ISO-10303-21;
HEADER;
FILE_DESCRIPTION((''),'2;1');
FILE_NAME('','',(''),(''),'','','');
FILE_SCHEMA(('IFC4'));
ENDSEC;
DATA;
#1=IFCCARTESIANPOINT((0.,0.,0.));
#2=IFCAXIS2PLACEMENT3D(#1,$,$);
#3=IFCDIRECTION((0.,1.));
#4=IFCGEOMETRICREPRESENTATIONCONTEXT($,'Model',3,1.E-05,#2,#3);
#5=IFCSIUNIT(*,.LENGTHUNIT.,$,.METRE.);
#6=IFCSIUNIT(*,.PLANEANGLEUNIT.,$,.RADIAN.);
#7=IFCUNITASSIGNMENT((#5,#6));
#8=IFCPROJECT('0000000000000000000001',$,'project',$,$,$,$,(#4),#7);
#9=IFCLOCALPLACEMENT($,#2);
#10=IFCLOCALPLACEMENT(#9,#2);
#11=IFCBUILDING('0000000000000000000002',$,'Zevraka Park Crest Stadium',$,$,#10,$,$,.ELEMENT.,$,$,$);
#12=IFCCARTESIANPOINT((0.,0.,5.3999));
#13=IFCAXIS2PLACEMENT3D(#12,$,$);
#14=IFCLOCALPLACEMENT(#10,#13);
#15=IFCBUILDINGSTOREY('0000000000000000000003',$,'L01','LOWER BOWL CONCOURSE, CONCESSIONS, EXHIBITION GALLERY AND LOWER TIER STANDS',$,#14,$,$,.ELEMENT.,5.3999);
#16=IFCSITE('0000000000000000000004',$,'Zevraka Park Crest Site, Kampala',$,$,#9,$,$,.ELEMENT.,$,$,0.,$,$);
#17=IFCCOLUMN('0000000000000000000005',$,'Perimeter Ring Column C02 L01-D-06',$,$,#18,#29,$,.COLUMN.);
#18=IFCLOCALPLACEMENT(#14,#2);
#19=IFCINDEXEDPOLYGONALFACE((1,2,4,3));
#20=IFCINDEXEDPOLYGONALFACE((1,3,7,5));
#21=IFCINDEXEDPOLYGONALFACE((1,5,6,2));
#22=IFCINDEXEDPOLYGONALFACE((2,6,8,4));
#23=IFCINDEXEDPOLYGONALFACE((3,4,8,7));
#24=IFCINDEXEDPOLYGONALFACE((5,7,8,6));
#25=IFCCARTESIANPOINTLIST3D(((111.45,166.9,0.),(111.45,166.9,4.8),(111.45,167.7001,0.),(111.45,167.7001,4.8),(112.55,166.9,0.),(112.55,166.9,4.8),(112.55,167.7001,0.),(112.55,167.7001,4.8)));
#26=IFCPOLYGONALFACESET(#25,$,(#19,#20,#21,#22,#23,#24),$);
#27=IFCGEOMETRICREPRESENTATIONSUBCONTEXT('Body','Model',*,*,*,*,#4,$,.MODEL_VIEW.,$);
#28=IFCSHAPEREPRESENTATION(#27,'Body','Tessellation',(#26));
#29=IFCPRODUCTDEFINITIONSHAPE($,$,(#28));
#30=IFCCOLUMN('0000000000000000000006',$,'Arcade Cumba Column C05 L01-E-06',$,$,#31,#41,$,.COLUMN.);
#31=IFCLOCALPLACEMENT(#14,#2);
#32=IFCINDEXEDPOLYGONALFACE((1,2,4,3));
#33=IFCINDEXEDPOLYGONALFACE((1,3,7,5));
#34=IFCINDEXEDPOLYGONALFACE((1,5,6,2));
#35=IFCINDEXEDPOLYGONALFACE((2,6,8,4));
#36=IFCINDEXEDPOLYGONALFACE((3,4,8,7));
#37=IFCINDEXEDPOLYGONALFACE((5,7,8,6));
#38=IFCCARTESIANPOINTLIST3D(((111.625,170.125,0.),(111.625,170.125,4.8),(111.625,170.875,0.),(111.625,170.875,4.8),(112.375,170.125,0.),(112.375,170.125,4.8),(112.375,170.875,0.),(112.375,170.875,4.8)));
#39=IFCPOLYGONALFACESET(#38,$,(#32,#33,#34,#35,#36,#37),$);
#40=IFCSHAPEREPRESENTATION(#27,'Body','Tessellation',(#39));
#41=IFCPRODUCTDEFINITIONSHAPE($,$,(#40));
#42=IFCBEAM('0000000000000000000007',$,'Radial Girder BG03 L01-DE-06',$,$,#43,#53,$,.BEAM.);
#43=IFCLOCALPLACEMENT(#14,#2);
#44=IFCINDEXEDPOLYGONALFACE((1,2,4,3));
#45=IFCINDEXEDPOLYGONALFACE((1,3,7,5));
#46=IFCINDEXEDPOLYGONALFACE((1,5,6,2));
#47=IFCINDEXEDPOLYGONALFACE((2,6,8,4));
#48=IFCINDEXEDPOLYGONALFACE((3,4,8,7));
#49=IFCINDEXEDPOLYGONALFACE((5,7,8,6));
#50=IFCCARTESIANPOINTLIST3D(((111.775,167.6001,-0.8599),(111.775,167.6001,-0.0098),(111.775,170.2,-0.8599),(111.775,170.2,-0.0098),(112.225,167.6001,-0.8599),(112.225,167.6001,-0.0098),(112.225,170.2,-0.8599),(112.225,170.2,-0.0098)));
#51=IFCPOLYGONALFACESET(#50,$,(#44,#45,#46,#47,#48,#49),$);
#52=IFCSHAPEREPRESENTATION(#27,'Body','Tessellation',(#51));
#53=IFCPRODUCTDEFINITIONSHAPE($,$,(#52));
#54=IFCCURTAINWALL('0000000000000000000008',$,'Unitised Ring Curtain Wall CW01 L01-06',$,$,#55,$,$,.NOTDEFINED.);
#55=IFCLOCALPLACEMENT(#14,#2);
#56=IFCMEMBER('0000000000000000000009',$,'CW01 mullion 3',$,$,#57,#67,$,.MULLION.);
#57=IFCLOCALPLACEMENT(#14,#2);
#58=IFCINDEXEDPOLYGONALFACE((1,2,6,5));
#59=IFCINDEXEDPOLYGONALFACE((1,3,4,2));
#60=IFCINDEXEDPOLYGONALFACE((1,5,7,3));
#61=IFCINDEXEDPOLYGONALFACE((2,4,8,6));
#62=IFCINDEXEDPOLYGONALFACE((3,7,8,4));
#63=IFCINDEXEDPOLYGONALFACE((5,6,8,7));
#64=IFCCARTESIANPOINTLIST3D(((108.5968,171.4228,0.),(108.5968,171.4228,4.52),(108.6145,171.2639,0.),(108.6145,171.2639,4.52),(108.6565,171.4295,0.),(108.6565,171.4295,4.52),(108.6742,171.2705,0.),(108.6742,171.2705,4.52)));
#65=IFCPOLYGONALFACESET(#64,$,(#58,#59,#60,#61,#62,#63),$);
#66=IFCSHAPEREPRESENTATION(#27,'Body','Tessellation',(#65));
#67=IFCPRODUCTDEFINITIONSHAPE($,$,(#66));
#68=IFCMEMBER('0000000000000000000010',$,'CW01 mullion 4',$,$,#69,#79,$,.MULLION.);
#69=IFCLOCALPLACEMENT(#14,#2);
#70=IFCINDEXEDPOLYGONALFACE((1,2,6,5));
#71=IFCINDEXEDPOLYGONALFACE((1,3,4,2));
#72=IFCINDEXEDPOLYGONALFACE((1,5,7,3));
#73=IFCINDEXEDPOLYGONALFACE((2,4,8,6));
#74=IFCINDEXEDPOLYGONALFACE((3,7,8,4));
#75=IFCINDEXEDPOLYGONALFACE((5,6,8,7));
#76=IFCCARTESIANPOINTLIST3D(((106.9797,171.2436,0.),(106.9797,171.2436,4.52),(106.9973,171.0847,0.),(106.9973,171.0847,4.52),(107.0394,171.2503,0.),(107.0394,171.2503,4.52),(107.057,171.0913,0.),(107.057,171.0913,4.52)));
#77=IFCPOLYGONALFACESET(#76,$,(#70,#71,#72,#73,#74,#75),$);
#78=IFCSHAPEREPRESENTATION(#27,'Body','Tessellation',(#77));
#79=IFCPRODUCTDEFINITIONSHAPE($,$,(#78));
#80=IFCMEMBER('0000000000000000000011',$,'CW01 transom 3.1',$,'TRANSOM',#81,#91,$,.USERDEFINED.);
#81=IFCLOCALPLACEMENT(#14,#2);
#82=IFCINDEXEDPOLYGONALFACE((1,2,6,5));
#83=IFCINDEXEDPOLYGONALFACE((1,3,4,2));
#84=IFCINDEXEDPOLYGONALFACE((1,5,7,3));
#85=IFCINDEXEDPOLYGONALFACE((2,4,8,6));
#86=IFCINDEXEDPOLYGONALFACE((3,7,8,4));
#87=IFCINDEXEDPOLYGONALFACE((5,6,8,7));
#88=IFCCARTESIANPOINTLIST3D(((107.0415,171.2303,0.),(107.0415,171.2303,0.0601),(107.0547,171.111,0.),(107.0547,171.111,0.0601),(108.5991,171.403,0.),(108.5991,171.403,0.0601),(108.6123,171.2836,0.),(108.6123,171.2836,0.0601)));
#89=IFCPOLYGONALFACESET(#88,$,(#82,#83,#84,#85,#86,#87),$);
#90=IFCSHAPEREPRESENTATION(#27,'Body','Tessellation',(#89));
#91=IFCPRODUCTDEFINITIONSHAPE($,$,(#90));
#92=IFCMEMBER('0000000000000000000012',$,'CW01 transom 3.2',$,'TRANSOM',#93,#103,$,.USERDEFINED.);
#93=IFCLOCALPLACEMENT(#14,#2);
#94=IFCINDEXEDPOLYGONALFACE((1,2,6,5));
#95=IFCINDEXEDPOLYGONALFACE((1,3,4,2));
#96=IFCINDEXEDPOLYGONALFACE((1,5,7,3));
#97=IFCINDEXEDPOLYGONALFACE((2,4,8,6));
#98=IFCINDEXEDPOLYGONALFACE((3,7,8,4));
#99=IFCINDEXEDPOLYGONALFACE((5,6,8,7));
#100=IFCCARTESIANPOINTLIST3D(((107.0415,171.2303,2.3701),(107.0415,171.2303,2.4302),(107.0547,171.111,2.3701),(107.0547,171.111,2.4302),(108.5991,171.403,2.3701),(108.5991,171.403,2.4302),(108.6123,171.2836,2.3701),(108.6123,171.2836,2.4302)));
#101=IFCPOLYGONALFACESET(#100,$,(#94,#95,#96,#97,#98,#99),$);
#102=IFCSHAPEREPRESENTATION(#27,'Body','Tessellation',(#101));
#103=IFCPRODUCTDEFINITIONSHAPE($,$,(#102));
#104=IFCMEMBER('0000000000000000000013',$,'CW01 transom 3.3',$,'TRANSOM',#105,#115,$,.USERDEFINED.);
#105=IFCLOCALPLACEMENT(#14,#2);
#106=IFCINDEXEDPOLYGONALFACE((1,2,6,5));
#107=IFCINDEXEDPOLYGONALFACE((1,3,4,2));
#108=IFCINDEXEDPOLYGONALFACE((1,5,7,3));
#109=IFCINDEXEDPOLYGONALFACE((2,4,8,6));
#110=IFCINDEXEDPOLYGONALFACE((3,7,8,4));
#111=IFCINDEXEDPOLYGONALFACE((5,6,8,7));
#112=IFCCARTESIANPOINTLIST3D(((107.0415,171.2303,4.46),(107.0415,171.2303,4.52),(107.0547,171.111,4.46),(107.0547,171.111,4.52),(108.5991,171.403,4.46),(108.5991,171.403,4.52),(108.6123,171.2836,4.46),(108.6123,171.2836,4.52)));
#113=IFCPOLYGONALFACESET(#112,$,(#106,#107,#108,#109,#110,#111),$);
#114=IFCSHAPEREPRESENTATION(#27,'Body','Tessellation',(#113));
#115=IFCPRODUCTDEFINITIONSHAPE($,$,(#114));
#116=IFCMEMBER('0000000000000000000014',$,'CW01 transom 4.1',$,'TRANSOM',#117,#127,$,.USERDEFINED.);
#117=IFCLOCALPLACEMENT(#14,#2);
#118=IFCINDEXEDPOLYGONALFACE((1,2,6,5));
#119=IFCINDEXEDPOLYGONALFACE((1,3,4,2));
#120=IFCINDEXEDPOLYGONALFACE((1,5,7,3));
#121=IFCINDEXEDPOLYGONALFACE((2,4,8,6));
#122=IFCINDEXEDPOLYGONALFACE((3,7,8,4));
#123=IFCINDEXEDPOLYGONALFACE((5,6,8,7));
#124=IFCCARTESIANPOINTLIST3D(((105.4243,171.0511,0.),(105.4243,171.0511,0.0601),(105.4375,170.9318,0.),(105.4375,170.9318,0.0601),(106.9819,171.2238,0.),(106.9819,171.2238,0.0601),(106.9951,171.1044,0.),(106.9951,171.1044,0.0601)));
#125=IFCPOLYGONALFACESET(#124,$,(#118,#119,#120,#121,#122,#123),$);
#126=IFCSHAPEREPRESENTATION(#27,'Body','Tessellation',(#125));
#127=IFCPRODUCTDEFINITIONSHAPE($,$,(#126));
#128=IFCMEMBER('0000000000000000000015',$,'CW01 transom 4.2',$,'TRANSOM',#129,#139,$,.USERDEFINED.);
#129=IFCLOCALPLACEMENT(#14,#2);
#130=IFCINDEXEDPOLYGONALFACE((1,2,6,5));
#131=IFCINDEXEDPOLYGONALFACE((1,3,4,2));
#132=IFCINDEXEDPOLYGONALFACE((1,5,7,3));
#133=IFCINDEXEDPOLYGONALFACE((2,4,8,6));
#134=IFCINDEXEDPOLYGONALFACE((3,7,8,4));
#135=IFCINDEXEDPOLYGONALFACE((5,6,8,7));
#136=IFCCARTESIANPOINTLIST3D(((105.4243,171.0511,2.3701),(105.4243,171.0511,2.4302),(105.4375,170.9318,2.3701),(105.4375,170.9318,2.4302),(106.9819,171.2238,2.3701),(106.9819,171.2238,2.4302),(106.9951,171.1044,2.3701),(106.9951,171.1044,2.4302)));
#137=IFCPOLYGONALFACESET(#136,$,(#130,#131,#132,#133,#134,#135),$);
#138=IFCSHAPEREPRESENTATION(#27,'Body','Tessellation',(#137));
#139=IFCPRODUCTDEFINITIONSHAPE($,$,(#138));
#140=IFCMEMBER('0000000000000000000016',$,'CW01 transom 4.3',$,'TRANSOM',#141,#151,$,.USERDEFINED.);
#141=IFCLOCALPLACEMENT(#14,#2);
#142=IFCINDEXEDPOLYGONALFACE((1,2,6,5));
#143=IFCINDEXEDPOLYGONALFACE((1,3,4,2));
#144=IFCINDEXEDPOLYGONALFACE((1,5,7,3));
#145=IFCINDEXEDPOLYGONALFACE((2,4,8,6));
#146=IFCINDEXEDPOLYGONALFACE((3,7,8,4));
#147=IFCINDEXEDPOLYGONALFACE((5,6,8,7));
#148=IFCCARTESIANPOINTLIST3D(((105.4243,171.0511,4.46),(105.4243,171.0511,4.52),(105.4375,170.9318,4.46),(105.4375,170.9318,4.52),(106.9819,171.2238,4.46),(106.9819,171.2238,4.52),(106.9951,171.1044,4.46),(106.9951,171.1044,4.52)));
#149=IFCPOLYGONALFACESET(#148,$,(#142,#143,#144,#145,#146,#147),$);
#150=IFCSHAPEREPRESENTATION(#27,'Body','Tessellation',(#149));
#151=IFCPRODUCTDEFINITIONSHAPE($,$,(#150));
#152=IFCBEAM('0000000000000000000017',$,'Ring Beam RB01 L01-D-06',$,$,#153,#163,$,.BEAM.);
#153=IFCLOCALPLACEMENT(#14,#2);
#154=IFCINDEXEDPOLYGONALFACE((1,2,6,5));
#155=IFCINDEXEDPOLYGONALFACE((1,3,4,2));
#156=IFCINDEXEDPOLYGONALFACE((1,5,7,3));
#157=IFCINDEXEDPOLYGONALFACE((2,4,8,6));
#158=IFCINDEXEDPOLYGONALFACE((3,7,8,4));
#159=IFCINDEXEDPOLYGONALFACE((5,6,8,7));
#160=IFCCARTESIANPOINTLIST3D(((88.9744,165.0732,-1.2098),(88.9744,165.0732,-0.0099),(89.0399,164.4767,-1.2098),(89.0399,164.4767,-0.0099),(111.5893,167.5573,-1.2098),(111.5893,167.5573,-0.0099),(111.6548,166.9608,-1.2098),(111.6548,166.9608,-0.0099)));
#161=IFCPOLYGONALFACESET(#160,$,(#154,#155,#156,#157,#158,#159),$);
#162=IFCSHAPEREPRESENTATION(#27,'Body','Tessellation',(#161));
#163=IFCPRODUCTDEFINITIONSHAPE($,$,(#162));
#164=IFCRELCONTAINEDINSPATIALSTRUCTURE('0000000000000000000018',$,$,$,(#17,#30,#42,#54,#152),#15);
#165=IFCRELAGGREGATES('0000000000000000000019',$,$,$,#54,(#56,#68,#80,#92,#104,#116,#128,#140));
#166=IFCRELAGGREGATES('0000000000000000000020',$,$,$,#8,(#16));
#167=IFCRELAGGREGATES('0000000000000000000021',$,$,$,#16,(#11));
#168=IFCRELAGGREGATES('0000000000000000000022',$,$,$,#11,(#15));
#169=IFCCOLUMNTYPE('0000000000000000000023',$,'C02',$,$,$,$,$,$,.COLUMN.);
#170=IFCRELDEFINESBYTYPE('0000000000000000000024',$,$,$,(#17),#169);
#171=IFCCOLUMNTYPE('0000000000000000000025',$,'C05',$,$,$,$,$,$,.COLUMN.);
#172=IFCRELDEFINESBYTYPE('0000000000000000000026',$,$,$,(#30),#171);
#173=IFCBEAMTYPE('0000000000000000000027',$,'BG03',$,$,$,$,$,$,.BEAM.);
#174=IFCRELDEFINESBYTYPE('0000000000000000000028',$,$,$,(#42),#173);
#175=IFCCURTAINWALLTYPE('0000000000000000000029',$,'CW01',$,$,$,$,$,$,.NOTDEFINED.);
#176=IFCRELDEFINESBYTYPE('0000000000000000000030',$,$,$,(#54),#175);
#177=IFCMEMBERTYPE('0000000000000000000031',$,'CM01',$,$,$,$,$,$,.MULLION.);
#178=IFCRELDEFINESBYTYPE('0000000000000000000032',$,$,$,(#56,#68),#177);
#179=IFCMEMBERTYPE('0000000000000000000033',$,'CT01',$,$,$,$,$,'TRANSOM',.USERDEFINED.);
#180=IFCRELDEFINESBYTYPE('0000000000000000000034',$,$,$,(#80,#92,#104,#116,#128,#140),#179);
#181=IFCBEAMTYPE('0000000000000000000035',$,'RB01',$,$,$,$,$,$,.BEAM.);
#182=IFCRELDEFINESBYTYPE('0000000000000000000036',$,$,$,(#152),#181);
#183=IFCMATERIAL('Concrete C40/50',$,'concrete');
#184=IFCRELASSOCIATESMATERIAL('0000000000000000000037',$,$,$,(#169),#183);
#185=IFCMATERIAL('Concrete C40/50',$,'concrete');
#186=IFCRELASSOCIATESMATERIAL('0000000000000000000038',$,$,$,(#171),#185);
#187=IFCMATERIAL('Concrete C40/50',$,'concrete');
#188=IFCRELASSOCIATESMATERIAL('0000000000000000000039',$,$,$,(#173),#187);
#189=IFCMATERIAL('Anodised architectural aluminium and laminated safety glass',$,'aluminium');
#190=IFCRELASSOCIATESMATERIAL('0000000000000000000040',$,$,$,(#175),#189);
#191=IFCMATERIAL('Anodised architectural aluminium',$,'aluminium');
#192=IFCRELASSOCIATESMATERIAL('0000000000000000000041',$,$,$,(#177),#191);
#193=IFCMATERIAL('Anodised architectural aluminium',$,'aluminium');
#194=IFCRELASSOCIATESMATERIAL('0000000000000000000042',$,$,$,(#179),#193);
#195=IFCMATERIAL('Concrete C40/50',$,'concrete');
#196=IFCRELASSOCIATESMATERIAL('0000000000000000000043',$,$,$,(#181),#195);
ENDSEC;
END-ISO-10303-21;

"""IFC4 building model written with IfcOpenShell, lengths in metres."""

from ifc_helpers import new_model, si_unit, direction, frame, origin, origin_2d, place, context, subcontext, project, spatial, rectangle, extrude, material, material_profile, profile_set, type_object, element, aggregate, save


model = new_model("IFC4")

# Units and contexts
model_context = context("Model", 3, precision=1e-05, world=origin(), true_north=direction((0.0, 1.0)))
body_context = subcontext(model_context, "Body", "Model", "MODEL_VIEW")
ifc_project = project(units=[si_unit("LENGTHUNIT", "METRE"), si_unit("PLANEANGLEUNIT", "RADIAN")], contexts=[model_context])

# Site, building, storey
site_placement = place(None, origin())
site = spatial("IfcSite", under=ifc_project, at=site_placement, Name="Zevraka Park Crest Site, Kampala", CompositionType="ELEMENT", RefElevation=0.0)
building_placement = place(site_placement, origin())
building = spatial("IfcBuilding", under=site, at=building_placement, Name="Zevraka Park Crest Stadium", CompositionType="ELEMENT")
storey_placement = place(building_placement, frame((0.0, 0.0, 5.3999)))
storey = spatial("IfcBuildingStorey", under=building, at=storey_placement, Name="L01", Description="LOWER BOWL CONCOURSE, CONCESSIONS, EXHIBITION GALLERY AND LOWER TIER STANDS", CompositionType="ELEMENT", Elevation=5.3999)

# Columns
ifc_material_1 = material(Name="Concrete C40/50", Category="concrete")
ifc_material_profile_1 = material_profile(ifc_material_1, rectangle(XDim=0.8, YDim=1.1001, at=origin_2d()), Name="RC 1100x800")
ifc_profile_set_1 = profile_set([ifc_material_profile_1], Name="Concrete C40/50")
column_type_1 = type_object("IfcColumnType", Name="C02", PredefinedType="COLUMN", material=ifc_profile_set_1)
column_1_placement = place(storey_placement, frame((112.0, 167.3, 0.0), z_axis=(0.0, 0.0, 1.0), x_axis=(0.0, 1.0, 0.0)))
element("IfcColumn", 1, at=column_1_placement, inside=storey, type_object=column_type_1, Name="Perimeter Ring Column C02 L01-D-06", PredefinedType="COLUMN", context=body_context, shape_type="SweptSolid", body=[
    extrude(rectangle(XDim=0.8, YDim=1.1001, at=origin_2d()), origin(), (0.0, 0.0, 1.0), 4.8),
])
ifc_material_2 = material(Name="Concrete C40/50", Category="concrete")
ifc_material_profile_2 = material_profile(ifc_material_2, rectangle(XDim=0.75, YDim=0.75, at=origin_2d()), Name="RC 750x750")
ifc_profile_set_2 = profile_set([ifc_material_profile_2], Name="Concrete C40/50")
column_type_2 = type_object("IfcColumnType", Name="C05", PredefinedType="COLUMN", material=ifc_profile_set_2)
column_2_placement = place(storey_placement, frame((112.0, 170.5, 0.0), z_axis=(0.0, 0.0, 1.0), x_axis=(0.0, 1.0, 0.0)))
element("IfcColumn", 2, at=column_2_placement, inside=storey, type_object=column_type_2, Name="Arcade Cumba Column C05 L01-E-06", PredefinedType="COLUMN", context=body_context, shape_type="SweptSolid", body=[
    extrude(rectangle(XDim=0.75, YDim=0.75, at=origin_2d()), origin(), (0.0, 0.0, 1.0), 4.8),
])

# Beam
ifc_material_3 = material(Name="Concrete C40/50", Category="concrete")
ifc_material_profile_3 = material_profile(ifc_material_3, rectangle(XDim=0.45, YDim=0.8501, at=origin_2d()), Name="RC 850x450")
ifc_profile_set_3 = profile_set([ifc_material_profile_3], Name="Concrete C40/50")
beam_type_1 = type_object("IfcBeamType", Name="BG03", PredefinedType="BEAM", material=ifc_profile_set_3)
beam_1_placement = place(storey_placement, frame((112.0, 167.6001, -0.4348), z_axis=(0.0, 1.0, 0.0), x_axis=(-1.0, 0.0, 0.0)))
element("IfcBeam", 3, at=beam_1_placement, inside=storey, type_object=beam_type_1, Name="Radial Girder BG03 L01-DE-06", PredefinedType="BEAM", context=body_context, shape_type="SweptSolid", body=[
    extrude(rectangle(XDim=0.45, YDim=0.8501, at=origin_2d()), origin(), (0.0, 0.0, 1.0), 2.5999),
])

# Curtain wall, members
ifc_material_4 = material(Name="Anodised architectural aluminium and laminated safety glass", Category="aluminium")
curtain_wall_type = type_object("IfcCurtainWallType", Name="CW01", PredefinedType="NOTDEFINED", material=ifc_material_4)
curtain_wall_placement = place(storey_placement, origin())
curtain_wall = element("IfcCurtainWall", 4, at=curtain_wall_placement, inside=storey, type_object=curtain_wall_type, Name="Unitised Ring Curtain Wall CW01 L01-06", PredefinedType="NOTDEFINED")
ifc_material_5 = material(Name="Anodised architectural aluminium", Category="aluminium")
ifc_material_profile_4 = material_profile(ifc_material_5, rectangle(XDim=0.1599, YDim=0.0601, at=origin_2d()), Name="ALU MULLION 160x60")
ifc_profile_set_4 = profile_set([ifc_material_profile_4], Name="Anodised architectural aluminium")
member_type_1 = type_object("IfcMemberType", Name="CM01", PredefinedType="MULLION", material=ifc_profile_set_4)
member_1_placement = place(storey_placement, frame((108.6355, 171.3467, 0.0), z_axis=(0.0, 0.0, 1.0), x_axis=(0.110135, -0.993917, 0.0)))
member_1 = element("IfcMember", 5, at=member_1_placement, type_object=member_type_1, Name="CW01 mullion 3", PredefinedType="MULLION", context=body_context, shape_type="SweptSolid", body=[
    extrude(rectangle(XDim=0.1599, YDim=0.0601, at=origin_2d()), origin(), (0.0, 0.0, 1.0), 4.52),
])
member_2_placement = place(storey_placement, frame((107.0183, 171.1675, 0.0), z_axis=(0.0, 0.0, 1.0), x_axis=(0.110135, -0.993917, 0.0)))
member_2 = element("IfcMember", 6, at=member_2_placement, type_object=member_type_1, Name="CW01 mullion 4", PredefinedType="MULLION", context=body_context, shape_type="SweptSolid", body=[
    extrude(rectangle(XDim=0.1599, YDim=0.0601, at=origin_2d()), origin(), (0.0, 0.0, 1.0), 4.52),
])
ifc_material_6 = material(Name="Anodised architectural aluminium", Category="aluminium")
ifc_material_profile_5 = material_profile(ifc_material_6, rectangle(XDim=0.1201, YDim=0.0601, at=origin_2d()), Name="ALU TRANSOM 120x60")
ifc_profile_set_5 = profile_set([ifc_material_profile_5], Name="Anodised architectural aluminium")
member_type_2 = type_object("IfcMemberType", Name="CT01", ElementType="TRANSOM", PredefinedType="USERDEFINED", material=ifc_profile_set_5)
member_3_placement = place(storey_placement, frame((108.6057, 171.3433, 0.03), z_axis=(-0.993916, -0.110141, 0.0), x_axis=(0.110141, -0.993916, 0.0)))
member_3 = element("IfcMember", 7, at=member_3_placement, type_object=member_type_2, Name="CW01 transom 3.1", ObjectType="TRANSOM", PredefinedType="USERDEFINED", context=body_context, shape_type="SweptSolid", body=[
    extrude(rectangle(XDim=0.1201, YDim=0.0601, at=origin_2d()), origin(), (0.0, 0.0, 1.0), 1.5671),
])
member_4_placement = place(storey_placement, frame((108.6057, 171.3433, 2.4001), z_axis=(-0.993916, -0.110141, 0.0), x_axis=(0.110141, -0.993916, 0.0)))
member_4 = element("IfcMember", 8, at=member_4_placement, type_object=member_type_2, Name="CW01 transom 3.2", ObjectType="TRANSOM", PredefinedType="USERDEFINED", context=body_context, shape_type="SweptSolid", body=[
    extrude(rectangle(XDim=0.1201, YDim=0.0601, at=origin_2d()), origin(), (0.0, 0.0, 1.0), 1.5671),
])
member_5_placement = place(storey_placement, frame((108.6057, 171.3433, 4.49), z_axis=(-0.993916, -0.110141, 0.0), x_axis=(0.110141, -0.993916, 0.0)))
member_5 = element("IfcMember", 9, at=member_5_placement, type_object=member_type_2, Name="CW01 transom 3.3", ObjectType="TRANSOM", PredefinedType="USERDEFINED", context=body_context, shape_type="SweptSolid", body=[
    extrude(rectangle(XDim=0.1201, YDim=0.0601, at=origin_2d()), origin(), (0.0, 0.0, 1.0), 1.5671),
])
member_6_placement = place(storey_placement, frame((106.9885, 171.1641, 0.03), z_axis=(-0.993916, -0.110141, 0.0), x_axis=(0.110141, -0.993916, 0.0)))
member_6 = element("IfcMember", 10, at=member_6_placement, type_object=member_type_2, Name="CW01 transom 4.1", ObjectType="TRANSOM", PredefinedType="USERDEFINED", context=body_context, shape_type="SweptSolid", body=[
    extrude(rectangle(XDim=0.1201, YDim=0.0601, at=origin_2d()), origin(), (0.0, 0.0, 1.0), 1.5671),
])
member_7_placement = place(storey_placement, frame((106.9885, 171.1641, 2.4001), z_axis=(-0.993916, -0.110141, 0.0), x_axis=(0.110141, -0.993916, 0.0)))
member_7 = element("IfcMember", 11, at=member_7_placement, type_object=member_type_2, Name="CW01 transom 4.2", ObjectType="TRANSOM", PredefinedType="USERDEFINED", context=body_context, shape_type="SweptSolid", body=[
    extrude(rectangle(XDim=0.1201, YDim=0.0601, at=origin_2d()), origin(), (0.0, 0.0, 1.0), 1.5671),
])
member_8_placement = place(storey_placement, frame((106.9885, 171.1641, 4.49), z_axis=(-0.993916, -0.110141, 0.0), x_axis=(0.110141, -0.993916, 0.0)))
member_8 = element("IfcMember", 12, at=member_8_placement, type_object=member_type_2, Name="CW01 transom 4.3", ObjectType="TRANSOM", PredefinedType="USERDEFINED", context=body_context, shape_type="SweptSolid", body=[
    extrude(rectangle(XDim=0.1201, YDim=0.0601, at=origin_2d()), origin(), (0.0, 0.0, 1.0), 1.5671),
])

# Beam
ifc_material_7 = material(Name="Concrete C40/50", Category="concrete")
ifc_material_profile_6 = material_profile(ifc_material_7, rectangle(XDim=0.6001, YDim=1.2, at=origin_2d()), Name="RC 1200x600")
ifc_profile_set_6 = profile_set([ifc_material_profile_6], Name="Concrete C40/50")
beam_type_2 = type_object("IfcBeamType", Name="RB01", PredefinedType="BEAM", material=ifc_profile_set_6)
beam_2_placement = place(storey_placement, frame((111.6221, 167.259, -0.6099), z_axis=(-0.994021, -0.109188, 0.0), x_axis=(0.109188, -0.994021, 0.0)))
element("IfcBeam", 13, at=beam_2_placement, inside=storey, type_object=beam_type_2, Name="Ring Beam RB01 L01-D-06", PredefinedType="BEAM", context=body_context, shape_type="SweptSolid", body=[
    extrude(rectangle(XDim=0.6001, YDim=1.2, at=origin_2d()), origin(), (0.0, 0.0, 1.0), 22.751),
])

aggregate(curtain_wall, [member_1, member_2, member_3, member_4, member_5, member_6, member_7, member_8])

save(model, "model.ifc")
